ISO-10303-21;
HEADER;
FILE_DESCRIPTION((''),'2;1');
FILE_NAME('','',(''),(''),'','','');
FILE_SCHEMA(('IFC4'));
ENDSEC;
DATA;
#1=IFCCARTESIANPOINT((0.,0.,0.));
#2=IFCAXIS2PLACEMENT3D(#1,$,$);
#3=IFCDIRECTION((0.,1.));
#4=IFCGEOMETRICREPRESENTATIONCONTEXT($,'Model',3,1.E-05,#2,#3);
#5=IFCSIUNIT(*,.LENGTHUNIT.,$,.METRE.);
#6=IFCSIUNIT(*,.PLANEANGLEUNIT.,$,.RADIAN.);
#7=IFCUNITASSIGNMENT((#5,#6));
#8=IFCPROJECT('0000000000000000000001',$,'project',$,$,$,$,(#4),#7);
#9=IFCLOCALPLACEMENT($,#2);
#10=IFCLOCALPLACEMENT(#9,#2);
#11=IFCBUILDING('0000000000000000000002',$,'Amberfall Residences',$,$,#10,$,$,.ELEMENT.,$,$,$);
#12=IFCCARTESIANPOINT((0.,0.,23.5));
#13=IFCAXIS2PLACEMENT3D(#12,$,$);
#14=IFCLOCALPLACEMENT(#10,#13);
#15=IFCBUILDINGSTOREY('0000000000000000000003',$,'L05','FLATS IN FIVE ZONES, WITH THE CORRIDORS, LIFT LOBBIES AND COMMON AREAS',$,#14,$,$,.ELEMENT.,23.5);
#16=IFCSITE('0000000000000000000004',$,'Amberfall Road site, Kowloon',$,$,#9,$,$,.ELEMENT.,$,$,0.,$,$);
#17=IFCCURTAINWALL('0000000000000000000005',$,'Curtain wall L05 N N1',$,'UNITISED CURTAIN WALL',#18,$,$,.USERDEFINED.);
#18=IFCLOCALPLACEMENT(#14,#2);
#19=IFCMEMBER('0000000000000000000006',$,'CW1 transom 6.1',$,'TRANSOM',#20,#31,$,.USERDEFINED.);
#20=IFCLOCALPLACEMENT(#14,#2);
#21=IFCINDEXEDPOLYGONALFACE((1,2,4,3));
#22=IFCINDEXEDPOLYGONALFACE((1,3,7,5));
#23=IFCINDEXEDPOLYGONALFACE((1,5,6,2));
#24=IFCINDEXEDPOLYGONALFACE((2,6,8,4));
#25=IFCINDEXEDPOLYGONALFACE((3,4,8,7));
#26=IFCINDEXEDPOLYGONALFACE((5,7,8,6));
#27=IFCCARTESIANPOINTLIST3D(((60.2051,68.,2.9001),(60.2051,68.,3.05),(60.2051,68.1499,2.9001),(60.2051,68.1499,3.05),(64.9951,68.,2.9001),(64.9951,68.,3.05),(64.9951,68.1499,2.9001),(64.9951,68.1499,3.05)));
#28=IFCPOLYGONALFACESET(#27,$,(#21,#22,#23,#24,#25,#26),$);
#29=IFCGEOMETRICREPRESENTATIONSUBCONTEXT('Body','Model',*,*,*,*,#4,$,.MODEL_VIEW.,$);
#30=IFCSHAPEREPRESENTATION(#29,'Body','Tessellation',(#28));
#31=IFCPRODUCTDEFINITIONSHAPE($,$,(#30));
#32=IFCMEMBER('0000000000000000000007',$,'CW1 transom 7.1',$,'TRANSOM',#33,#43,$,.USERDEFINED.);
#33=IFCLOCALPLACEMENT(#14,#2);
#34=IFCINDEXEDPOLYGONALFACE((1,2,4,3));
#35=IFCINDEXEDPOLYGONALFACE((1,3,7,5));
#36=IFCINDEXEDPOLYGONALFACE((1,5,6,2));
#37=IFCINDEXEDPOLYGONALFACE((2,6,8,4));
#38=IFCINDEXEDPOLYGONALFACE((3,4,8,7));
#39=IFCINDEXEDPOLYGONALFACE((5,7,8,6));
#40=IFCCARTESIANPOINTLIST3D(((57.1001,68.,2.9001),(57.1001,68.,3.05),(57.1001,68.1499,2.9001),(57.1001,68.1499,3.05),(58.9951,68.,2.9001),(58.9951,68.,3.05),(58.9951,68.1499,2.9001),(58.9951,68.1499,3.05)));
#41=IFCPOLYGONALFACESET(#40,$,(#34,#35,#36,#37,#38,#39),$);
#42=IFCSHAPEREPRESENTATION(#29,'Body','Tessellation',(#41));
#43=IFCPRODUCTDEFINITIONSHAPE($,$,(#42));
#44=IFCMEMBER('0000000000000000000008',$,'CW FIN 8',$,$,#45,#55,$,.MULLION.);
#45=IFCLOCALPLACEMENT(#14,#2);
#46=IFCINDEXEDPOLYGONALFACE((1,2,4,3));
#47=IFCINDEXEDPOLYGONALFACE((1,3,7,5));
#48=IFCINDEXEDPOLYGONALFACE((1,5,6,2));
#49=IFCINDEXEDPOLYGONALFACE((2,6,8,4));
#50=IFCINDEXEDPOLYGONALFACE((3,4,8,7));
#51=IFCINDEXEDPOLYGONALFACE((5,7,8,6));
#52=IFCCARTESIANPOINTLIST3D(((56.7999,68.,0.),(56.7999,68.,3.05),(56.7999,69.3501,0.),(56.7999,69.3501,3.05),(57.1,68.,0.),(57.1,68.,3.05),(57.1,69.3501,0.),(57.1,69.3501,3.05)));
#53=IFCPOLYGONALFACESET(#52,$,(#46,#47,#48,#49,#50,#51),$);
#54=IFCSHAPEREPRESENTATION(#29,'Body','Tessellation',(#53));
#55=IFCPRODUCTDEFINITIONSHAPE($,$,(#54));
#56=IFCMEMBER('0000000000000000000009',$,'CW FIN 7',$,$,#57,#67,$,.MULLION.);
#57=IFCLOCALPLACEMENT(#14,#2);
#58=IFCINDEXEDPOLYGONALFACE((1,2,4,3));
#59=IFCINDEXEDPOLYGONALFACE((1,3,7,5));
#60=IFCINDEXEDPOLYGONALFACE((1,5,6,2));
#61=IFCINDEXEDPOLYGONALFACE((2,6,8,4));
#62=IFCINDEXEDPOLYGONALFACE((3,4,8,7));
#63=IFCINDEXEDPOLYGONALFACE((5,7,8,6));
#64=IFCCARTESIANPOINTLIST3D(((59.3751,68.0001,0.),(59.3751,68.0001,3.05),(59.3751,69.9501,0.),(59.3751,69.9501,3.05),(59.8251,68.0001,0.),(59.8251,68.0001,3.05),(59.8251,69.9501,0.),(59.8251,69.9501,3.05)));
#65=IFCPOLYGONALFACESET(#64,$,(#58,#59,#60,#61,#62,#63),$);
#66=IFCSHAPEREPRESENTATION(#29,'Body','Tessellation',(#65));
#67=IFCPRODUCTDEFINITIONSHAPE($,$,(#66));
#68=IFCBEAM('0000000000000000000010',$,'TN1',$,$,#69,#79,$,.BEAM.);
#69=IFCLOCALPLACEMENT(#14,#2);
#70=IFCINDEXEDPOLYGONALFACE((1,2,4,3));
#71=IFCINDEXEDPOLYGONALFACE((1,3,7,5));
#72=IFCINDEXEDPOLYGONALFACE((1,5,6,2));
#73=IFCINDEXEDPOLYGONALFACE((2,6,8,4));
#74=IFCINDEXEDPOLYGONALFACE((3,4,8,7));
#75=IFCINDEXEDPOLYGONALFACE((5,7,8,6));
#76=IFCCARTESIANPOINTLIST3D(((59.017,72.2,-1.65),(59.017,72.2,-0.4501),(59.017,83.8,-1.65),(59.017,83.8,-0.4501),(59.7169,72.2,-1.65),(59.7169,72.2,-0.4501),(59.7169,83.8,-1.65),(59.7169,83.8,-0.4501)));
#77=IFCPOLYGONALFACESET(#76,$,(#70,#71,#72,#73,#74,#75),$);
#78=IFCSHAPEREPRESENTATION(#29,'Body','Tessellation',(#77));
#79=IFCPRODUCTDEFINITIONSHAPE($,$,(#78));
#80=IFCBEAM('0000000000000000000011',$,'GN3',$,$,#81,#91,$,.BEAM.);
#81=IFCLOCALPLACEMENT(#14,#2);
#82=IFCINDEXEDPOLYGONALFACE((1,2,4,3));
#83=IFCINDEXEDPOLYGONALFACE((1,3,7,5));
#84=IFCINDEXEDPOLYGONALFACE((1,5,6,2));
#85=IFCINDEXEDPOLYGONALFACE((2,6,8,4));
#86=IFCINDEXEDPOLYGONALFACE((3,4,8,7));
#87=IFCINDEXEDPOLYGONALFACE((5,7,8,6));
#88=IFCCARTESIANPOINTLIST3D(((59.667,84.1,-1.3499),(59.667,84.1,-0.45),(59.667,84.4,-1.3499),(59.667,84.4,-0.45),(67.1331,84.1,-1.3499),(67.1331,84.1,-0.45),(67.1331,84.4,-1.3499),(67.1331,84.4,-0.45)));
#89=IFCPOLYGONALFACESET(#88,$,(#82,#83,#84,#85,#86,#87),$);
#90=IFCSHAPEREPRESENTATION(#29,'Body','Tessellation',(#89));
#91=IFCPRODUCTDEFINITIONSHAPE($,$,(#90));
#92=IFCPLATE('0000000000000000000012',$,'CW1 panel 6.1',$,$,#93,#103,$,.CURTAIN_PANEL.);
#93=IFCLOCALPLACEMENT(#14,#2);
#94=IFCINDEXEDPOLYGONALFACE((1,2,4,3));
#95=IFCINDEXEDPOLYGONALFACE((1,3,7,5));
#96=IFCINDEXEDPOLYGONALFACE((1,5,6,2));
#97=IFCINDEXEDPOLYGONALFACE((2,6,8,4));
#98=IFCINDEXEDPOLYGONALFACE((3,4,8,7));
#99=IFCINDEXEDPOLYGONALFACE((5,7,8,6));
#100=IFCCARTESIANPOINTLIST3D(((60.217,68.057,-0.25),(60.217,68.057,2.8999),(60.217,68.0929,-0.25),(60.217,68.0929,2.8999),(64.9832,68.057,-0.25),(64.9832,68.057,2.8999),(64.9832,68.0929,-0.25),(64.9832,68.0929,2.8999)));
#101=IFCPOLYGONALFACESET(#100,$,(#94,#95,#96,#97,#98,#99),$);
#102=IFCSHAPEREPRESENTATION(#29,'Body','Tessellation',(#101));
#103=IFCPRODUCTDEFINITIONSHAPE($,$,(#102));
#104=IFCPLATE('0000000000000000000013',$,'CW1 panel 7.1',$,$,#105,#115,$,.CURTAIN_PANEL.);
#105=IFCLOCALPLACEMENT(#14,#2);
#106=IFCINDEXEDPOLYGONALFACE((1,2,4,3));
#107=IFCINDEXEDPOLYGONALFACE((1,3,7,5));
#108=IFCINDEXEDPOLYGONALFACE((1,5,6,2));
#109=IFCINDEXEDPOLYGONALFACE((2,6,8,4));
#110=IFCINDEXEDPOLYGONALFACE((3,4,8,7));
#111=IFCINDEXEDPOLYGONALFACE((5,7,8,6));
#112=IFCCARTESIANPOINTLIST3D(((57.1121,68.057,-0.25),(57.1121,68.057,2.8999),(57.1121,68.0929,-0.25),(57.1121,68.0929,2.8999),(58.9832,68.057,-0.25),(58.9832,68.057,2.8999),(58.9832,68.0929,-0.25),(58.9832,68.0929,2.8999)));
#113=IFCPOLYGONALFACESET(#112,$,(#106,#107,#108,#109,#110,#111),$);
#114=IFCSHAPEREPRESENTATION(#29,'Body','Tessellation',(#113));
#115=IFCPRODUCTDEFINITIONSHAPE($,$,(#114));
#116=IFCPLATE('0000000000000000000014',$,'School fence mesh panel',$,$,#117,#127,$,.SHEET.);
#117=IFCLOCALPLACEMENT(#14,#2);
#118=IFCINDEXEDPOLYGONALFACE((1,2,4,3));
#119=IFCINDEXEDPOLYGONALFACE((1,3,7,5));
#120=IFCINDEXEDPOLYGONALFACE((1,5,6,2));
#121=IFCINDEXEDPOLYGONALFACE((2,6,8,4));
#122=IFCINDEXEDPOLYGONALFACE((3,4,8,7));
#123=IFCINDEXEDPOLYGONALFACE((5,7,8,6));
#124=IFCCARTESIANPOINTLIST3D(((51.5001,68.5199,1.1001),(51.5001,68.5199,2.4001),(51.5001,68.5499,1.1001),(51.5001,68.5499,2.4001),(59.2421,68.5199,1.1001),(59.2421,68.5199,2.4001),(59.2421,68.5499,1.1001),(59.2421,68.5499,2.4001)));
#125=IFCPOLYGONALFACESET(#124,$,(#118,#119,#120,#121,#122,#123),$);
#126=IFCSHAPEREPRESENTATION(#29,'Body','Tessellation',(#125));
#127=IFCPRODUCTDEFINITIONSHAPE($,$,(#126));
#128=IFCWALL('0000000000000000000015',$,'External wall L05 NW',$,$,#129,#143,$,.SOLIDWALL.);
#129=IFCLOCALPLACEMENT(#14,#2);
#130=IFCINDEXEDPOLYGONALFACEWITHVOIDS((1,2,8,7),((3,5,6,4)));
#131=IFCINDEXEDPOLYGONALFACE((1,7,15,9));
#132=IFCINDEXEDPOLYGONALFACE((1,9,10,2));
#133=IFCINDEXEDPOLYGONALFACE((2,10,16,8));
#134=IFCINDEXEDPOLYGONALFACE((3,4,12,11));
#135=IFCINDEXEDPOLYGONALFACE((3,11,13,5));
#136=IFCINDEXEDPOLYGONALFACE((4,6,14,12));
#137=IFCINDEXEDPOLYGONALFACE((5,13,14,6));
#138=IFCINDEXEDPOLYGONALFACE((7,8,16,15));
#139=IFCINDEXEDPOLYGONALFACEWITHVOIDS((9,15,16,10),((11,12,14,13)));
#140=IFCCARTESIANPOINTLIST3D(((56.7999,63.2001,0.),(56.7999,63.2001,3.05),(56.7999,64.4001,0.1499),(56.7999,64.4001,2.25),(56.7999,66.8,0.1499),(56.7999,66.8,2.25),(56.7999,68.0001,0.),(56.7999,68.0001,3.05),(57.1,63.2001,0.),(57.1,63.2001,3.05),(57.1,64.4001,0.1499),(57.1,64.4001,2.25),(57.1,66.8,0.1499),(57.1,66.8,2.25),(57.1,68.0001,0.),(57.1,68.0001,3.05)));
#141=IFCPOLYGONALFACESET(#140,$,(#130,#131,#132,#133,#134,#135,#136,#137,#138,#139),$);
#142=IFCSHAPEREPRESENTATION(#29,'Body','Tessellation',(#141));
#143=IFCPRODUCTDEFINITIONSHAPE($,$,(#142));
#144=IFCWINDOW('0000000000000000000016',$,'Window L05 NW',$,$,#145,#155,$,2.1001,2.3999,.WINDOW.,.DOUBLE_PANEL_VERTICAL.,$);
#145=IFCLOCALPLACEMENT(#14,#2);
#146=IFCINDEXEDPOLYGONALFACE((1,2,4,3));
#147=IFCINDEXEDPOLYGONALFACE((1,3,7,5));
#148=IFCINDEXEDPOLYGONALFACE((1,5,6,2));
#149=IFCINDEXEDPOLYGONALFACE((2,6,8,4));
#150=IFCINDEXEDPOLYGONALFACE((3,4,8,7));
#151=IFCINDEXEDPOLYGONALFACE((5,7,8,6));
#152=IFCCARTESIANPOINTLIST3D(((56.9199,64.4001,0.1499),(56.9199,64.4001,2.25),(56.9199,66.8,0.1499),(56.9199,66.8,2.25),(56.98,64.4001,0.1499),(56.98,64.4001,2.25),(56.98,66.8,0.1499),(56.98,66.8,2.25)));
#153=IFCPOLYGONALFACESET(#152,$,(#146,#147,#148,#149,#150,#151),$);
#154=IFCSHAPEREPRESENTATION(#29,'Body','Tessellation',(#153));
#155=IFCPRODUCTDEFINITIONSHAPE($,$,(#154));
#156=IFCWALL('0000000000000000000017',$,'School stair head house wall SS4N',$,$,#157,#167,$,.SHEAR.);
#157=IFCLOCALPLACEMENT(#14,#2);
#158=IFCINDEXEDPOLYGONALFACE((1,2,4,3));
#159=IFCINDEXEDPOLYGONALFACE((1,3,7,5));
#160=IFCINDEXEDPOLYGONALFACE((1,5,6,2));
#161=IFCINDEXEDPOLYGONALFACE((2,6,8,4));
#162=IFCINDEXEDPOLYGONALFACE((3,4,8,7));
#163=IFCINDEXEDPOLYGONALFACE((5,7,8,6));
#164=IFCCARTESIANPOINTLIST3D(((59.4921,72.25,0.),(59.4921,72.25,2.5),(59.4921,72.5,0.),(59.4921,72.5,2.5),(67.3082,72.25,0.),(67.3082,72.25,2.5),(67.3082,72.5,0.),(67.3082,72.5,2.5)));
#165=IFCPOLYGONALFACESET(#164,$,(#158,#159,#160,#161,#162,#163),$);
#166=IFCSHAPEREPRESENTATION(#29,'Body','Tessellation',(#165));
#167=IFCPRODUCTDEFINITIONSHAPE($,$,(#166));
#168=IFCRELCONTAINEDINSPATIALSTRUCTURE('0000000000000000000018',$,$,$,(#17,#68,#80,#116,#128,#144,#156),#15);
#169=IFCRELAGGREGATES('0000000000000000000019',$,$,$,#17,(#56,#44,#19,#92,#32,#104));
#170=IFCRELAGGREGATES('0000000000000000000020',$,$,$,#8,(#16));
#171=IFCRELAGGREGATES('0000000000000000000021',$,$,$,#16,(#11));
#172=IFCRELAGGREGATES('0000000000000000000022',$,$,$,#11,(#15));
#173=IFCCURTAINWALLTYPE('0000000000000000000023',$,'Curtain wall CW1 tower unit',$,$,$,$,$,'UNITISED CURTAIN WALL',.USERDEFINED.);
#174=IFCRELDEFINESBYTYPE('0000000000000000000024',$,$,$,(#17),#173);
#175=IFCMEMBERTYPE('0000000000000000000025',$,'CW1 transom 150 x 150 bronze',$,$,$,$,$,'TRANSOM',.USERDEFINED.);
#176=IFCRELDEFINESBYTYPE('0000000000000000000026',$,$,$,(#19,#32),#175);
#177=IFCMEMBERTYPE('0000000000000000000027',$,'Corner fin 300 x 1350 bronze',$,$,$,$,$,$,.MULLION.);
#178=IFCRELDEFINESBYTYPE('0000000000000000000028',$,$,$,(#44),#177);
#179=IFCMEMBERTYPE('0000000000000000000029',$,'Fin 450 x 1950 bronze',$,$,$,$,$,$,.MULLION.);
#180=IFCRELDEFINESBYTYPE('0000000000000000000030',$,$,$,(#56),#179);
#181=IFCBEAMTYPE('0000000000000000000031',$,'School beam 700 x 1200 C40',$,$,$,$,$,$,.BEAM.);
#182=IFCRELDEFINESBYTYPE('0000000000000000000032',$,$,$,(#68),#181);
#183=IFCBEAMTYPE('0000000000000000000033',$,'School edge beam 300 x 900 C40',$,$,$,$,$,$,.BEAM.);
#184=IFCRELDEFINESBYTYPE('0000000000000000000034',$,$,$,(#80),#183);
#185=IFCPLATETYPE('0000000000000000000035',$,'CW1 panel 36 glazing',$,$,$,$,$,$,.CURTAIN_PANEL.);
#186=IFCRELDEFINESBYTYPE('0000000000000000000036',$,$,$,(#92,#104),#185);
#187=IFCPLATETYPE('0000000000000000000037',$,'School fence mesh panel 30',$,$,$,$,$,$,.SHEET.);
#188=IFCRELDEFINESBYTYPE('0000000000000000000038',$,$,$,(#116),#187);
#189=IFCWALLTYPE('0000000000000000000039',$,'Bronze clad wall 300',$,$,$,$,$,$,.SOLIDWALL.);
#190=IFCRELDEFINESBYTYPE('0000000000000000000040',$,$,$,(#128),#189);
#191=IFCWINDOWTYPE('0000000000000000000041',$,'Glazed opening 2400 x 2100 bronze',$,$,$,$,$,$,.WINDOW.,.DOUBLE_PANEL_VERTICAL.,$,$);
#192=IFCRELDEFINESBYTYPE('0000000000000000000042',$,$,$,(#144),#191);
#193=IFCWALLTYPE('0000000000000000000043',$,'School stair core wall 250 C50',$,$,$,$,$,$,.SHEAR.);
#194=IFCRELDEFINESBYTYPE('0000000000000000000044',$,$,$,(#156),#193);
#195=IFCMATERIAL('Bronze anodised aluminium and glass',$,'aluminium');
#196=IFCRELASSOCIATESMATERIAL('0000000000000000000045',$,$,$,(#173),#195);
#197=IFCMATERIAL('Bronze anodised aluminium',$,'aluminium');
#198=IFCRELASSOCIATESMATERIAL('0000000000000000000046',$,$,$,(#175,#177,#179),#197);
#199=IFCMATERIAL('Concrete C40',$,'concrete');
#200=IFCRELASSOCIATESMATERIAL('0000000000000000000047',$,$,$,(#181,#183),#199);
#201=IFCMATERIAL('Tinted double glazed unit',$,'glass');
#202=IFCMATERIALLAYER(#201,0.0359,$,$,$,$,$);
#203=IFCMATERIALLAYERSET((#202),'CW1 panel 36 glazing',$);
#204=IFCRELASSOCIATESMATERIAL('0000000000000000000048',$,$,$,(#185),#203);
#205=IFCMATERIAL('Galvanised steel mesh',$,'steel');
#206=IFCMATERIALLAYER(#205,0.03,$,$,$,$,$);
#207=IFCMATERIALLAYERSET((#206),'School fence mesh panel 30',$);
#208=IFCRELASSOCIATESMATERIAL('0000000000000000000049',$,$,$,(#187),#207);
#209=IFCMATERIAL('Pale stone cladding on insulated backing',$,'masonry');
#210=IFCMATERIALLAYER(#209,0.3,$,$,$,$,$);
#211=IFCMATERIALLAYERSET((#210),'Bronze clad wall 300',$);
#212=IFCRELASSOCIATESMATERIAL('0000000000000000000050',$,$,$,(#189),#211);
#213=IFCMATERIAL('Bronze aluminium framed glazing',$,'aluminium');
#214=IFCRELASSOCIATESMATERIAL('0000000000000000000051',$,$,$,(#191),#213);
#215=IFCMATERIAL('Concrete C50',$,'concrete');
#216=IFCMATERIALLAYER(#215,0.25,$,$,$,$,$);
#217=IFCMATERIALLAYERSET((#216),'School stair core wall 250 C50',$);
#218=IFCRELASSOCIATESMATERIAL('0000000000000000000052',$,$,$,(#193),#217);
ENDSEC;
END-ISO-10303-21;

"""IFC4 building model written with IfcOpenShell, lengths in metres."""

from ifc_helpers import new_model, si_unit, direction, frame, frame_2d, origin, origin_2d, place, context, subcontext, project, spatial, rectangle, extrude, material, layer, layer_set, material_profile, profile_set, type_object, element, fill, aggregate, save


model = new_model("IFC4")

# Units and contexts
model_context = context("Model", 3, precision=1e-05, world=origin(), true_north=direction((0.0, 1.0)))
body_context = subcontext(model_context, "Body", "Model", "MODEL_VIEW")
ifc_project = project(units=[si_unit("LENGTHUNIT", "METRE"), si_unit("PLANEANGLEUNIT", "RADIAN")], contexts=[model_context])

# Site, building, storey
site_placement = place(None, origin())
site = spatial("IfcSite", under=ifc_project, at=site_placement, Name="Amberfall Road site, Kowloon", CompositionType="ELEMENT", RefElevation=0.0)
building_placement = place(site_placement, origin())
building = spatial("IfcBuilding", under=site, at=building_placement, Name="Amberfall Residences", CompositionType="ELEMENT")
storey_placement = place(building_placement, frame((0.0, 0.0, 23.5)))
storey = spatial("IfcBuildingStorey", under=building, at=storey_placement, Name="L05", Description="FLATS IN FIVE ZONES, WITH THE CORRIDORS, LIFT LOBBIES AND COMMON AREAS", CompositionType="ELEMENT", Elevation=23.5)

# Curtain wall, members
ifc_material_1 = material(Name="Bronze anodised aluminium and glass", Category="aluminium")
curtain_wall_type = type_object("IfcCurtainWallType", Name="Curtain wall CW1 tower unit", ElementType="UNITISED CURTAIN WALL", PredefinedType="USERDEFINED", material=ifc_material_1)
curtain_wall_placement = place(storey_placement, origin())
curtain_wall = element("IfcCurtainWall", 1, at=curtain_wall_placement, inside=storey, type_object=curtain_wall_type, Name="Curtain wall L05 N N1", ObjectType="UNITISED CURTAIN WALL", PredefinedType="USERDEFINED")
ifc_material_2 = material(Name="Bronze anodised aluminium", Category="aluminium")
ifc_material_profile_1 = material_profile(ifc_material_2, rectangle(XDim=0.1499, YDim=0.1499, at=origin_2d()), Name="CW1 transom 150 x 150 bronze")
ifc_profile_set_1 = profile_set([ifc_material_profile_1], Name="Bronze anodised aluminium")
member_type_1 = type_object("IfcMemberType", Name="CW1 transom 150 x 150 bronze", ElementType="TRANSOM", PredefinedType="USERDEFINED", material=ifc_profile_set_1)
member_1_placement = place(storey_placement, frame((64.9951, 68.075, 2.9751), z_axis=(-1.0, 0.0, 0.0), x_axis=(0.0, -1.0, 0.0)))
member_1 = element("IfcMember", 2, at=member_1_placement, type_object=member_type_1, Name="CW1 transom 6.1", ObjectType="TRANSOM", PredefinedType="USERDEFINED", context=body_context, shape_type="SweptSolid", body=[
    extrude(rectangle(XDim=0.1499, YDim=0.1499, at=origin_2d()), origin(), (0.0, 0.0, 1.0), 4.79),
])
member_2_placement = place(storey_placement, frame((58.9951, 68.075, 2.9751), z_axis=(-1.0, 0.0, 0.0), x_axis=(0.0, -1.0, 0.0)))
member_2 = element("IfcMember", 3, at=member_2_placement, type_object=member_type_1, Name="CW1 transom 7.1", ObjectType="TRANSOM", PredefinedType="USERDEFINED", context=body_context, shape_type="SweptSolid", body=[
    extrude(rectangle(XDim=0.1499, YDim=0.1499, at=origin_2d()), origin(), (0.0, 0.0, 1.0), 1.895),
])
ifc_material_profile_2 = material_profile(ifc_material_2, rectangle(XDim=1.3501, YDim=0.3, at=origin_2d()), Name="Corner fin 300 x 1350 bronze")
ifc_profile_set_2 = profile_set([ifc_material_profile_2], Name="Bronze anodised aluminium")
member_type_2 = type_object("IfcMemberType", Name="Corner fin 300 x 1350 bronze", PredefinedType="MULLION", material=ifc_profile_set_2)
member_3_placement = place(storey_placement, frame((56.95, 68.675, 0.0), z_axis=(0.0, 0.0, 1.0), x_axis=(0.0, -1.0, 0.0)))
member_3 = element("IfcMember", 4, at=member_3_placement, type_object=member_type_2, Name="CW FIN 8", PredefinedType="MULLION", context=body_context, shape_type="SweptSolid", body=[
    extrude(rectangle(XDim=1.3501, YDim=0.3, at=origin_2d()), origin(), (0.0, 0.0, 1.0), 3.05),
])
ifc_material_profile_3 = material_profile(ifc_material_2, rectangle(XDim=1.95, YDim=0.45, at=origin_2d()), Name="Fin 450 x 1950 bronze")
ifc_profile_set_3 = profile_set([ifc_material_profile_3], Name="Bronze anodised aluminium")
member_type_3 = type_object("IfcMemberType", Name="Fin 450 x 1950 bronze", PredefinedType="MULLION", material=ifc_profile_set_3)
member_4_placement = place(storey_placement, frame((59.6001, 68.9751, 0.0), z_axis=(0.0, 0.0, 1.0), x_axis=(0.0, -1.0, 0.0)))
member_4 = element("IfcMember", 5, at=member_4_placement, type_object=member_type_3, Name="CW FIN 7", PredefinedType="MULLION", context=body_context, shape_type="SweptSolid", body=[
    extrude(rectangle(XDim=1.95, YDim=0.45, at=origin_2d()), origin(), (0.0, 0.0, 1.0), 3.05),
])

# Beams
ifc_material_3 = material(Name="Concrete C40", Category="concrete")
ifc_material_profile_4 = material_profile(ifc_material_3, rectangle(XDim=0.7, YDim=1.2, at=origin_2d()), Name="School beam 700 x 1200 C40")
ifc_profile_set_4 = profile_set([ifc_material_profile_4], Name="Concrete C40")
beam_type_1 = type_object("IfcBeamType", Name="School beam 700 x 1200 C40", PredefinedType="BEAM", material=ifc_profile_set_4)
beam_1_placement = place(storey_placement, frame((59.3669, 72.2, -1.05), z_axis=(0.0, 1.0, 0.0), x_axis=(-1.0, 0.0, 0.0)))
element("IfcBeam", 6, at=beam_1_placement, inside=storey, type_object=beam_type_1, Name="TN1", PredefinedType="BEAM", context=body_context, shape_type="SweptSolid", body=[
    extrude(rectangle(XDim=0.7, YDim=1.2, at=origin_2d()), origin(), (0.0, 0.0, 1.0), 11.6001),
])
ifc_material_profile_5 = material_profile(ifc_material_3, rectangle(XDim=0.3, YDim=0.8999, at=origin_2d()), Name="School edge beam 300 x 900 C40")
ifc_profile_set_5 = profile_set([ifc_material_profile_5], Name="Concrete C40")
beam_type_2 = type_object("IfcBeamType", Name="School edge beam 300 x 900 C40", PredefinedType="BEAM", material=ifc_profile_set_5)
beam_2_placement = place(storey_placement, frame((59.667, 84.25, -0.8999), z_axis=(1.0, 0.0, 0.0), x_axis=(0.0, 1.0, 0.0)))
element("IfcBeam", 7, at=beam_2_placement, inside=storey, type_object=beam_type_2, Name="GN3", PredefinedType="BEAM", context=body_context, shape_type="SweptSolid", body=[
    extrude(rectangle(XDim=0.3, YDim=0.8999, at=origin_2d()), origin(), (0.0, 0.0, 1.0), 7.4661),
])

# Plates
ifc_material_4 = material(Name="Tinted double glazed unit", Category="glass")
ifc_layer_1 = layer(ifc_material_4, 0.0359)
ifc_layer_set_1 = layer_set([ifc_layer_1], Name="CW1 panel 36 glazing")
plate_type_1 = type_object("IfcPlateType", Name="CW1 panel 36 glazing", PredefinedType="CURTAIN_PANEL", material=ifc_layer_set_1)
plate_1_placement = place(storey_placement, frame((62.6001, 68.075, -0.25), z_axis=(0.0, 0.0, 1.0), x_axis=(-1.0, 0.0, 0.0)))
plate_1 = element("IfcPlate", 8, at=plate_1_placement, type_object=plate_type_1, Name="CW1 panel 6.1", PredefinedType="CURTAIN_PANEL", context=body_context, shape_type="SweptSolid", body=[
    extrude(rectangle(XDim=4.7661, YDim=0.0359, at=origin_2d()), origin(), (0.0, 0.0, 1.0), 3.1499),
])
plate_2_placement = place(storey_placement, frame((58.0476, 68.075, -0.25), z_axis=(0.0, 0.0, 1.0), x_axis=(-1.0, 0.0, 0.0)))
plate_2 = element("IfcPlate", 9, at=plate_2_placement, type_object=plate_type_1, Name="CW1 panel 7.1", PredefinedType="CURTAIN_PANEL", context=body_context, shape_type="SweptSolid", body=[
    extrude(rectangle(XDim=1.8711, YDim=0.0359, at=origin_2d()), origin(), (0.0, 0.0, 1.0), 3.1499),
])
aggregate(curtain_wall, [member_4, member_3, member_1, plate_1, member_2, plate_2])
ifc_material_5 = material(Name="Galvanised steel mesh", Category="steel")
ifc_layer_2 = layer(ifc_material_5, 0.03)
ifc_layer_set_2 = layer_set([ifc_layer_2], Name="School fence mesh panel 30")
plate_type_2 = type_object("IfcPlateType", Name="School fence mesh panel 30", PredefinedType="SHEET", material=ifc_layer_set_2)
plate_3_placement = place(storey_placement, frame((55.3711, 68.5349, 1.1001), z_axis=(0.0, 0.0, 1.0), x_axis=(1.0, 0.0, 0.0)))
element("IfcPlate", 10, at=plate_3_placement, inside=storey, type_object=plate_type_2, Name="School fence mesh panel", PredefinedType="SHEET", context=body_context, shape_type="SweptSolid", body=[
    extrude(rectangle(XDim=7.7419, YDim=0.03, at=origin_2d()), origin(), (0.0, 0.0, 1.0), 1.3),
])

# Wall, opening, window
ifc_material_6 = material(Name="Pale stone cladding on insulated backing", Category="masonry")
ifc_layer_3 = layer(ifc_material_6, 0.3)
ifc_layer_set_3 = layer_set([ifc_layer_3], Name="Bronze clad wall 300")
wall_type_1 = type_object("IfcWallType", Name="Bronze clad wall 300", PredefinedType="SOLIDWALL", material=ifc_layer_set_3)
wall_1_placement = place(storey_placement, frame((56.95, 68.0, 0.0), z_axis=(0.0, 0.0, 1.0), x_axis=(0.0, -1.0, 0.0)))
wall_1 = element("IfcWall", 11, at=wall_1_placement, inside=storey, type_object=wall_type_1, Name="External wall L05 NW", PredefinedType="SOLIDWALL", context=body_context, shape_type="SweptSolid", body=[
    extrude(rectangle(XDim=4.8, YDim=0.3, at=frame_2d((2.3999, 0.0))), origin(), (0.0, 0.0, 1.0), 3.05),
])
opening_1_placement = place(wall_1_placement, frame((1.2, 0.0, 0.1499)))
opening_1 = element("IfcOpeningElement", 12, at=opening_1_placement, cuts=wall_1, PredefinedType="OPENING", context=body_context, shape_type="SweptSolid", body=[
    extrude(rectangle(XDim=2.3999, YDim=2.1001, at=frame_2d((1.2, 1.05))), frame((0.0, 0.1599, 0.0), z_axis=(0.0, -1.0, 0.0), x_axis=(1.0, 0.0, 0.0)), (0.0, 0.0, 1.0), 0.3201),
])
ifc_material_7 = material(Name="Bronze aluminium framed glazing", Category="aluminium")
window_type = type_object("IfcWindowType", Name="Glazed opening 2400 x 2100 bronze", PartitioningType="DOUBLE_PANEL_VERTICAL", PredefinedType="WINDOW", material=ifc_material_7)
window_placement = place(opening_1_placement, origin())
window = element("IfcWindow", 13, at=window_placement, inside=storey, type_object=window_type, Name="Window L05 NW", OverallHeight=2.1001, OverallWidth=2.3999, PartitioningType="DOUBLE_PANEL_VERTICAL", PredefinedType="WINDOW", context=body_context, shape_type="SweptSolid", body=[
    extrude(rectangle(XDim=2.3999, YDim=2.1001, at=frame_2d((1.2, 1.05))), frame((0.0, 0.03, 0.0), z_axis=(0.0, -1.0, 0.0), x_axis=(1.0, 0.0, 0.0)), (0.0, 0.0, 1.0), 0.0601),
])
fill(opening_1, window)

# Wall
ifc_material_8 = material(Name="Concrete C50", Category="concrete")
ifc_layer_4 = layer(ifc_material_8, 0.25)
ifc_layer_set_4 = layer_set([ifc_layer_4], Name="School stair core wall 250 C50")
wall_type_2 = type_object("IfcWallType", Name="School stair core wall 250 C50", PredefinedType="SHEAR", material=ifc_layer_set_4)
wall_2_placement = place(storey_placement, frame((59.4919, 72.375, 0.0), z_axis=(0.0, 0.0, 1.0), x_axis=(1.0, 0.0, 0.0)))
element("IfcWall", 14, at=wall_2_placement, inside=storey, type_object=wall_type_2, Name="School stair head house wall SS4N", PredefinedType="SHEAR", context=body_context, shape_type="SweptSolid", body=[
    extrude(rectangle(XDim=7.8162, YDim=0.25, at=frame_2d((3.9082, 0.0))), origin(), (0.0, 0.0, 1.0), 2.5),
])

save(model, "model.ifc")
